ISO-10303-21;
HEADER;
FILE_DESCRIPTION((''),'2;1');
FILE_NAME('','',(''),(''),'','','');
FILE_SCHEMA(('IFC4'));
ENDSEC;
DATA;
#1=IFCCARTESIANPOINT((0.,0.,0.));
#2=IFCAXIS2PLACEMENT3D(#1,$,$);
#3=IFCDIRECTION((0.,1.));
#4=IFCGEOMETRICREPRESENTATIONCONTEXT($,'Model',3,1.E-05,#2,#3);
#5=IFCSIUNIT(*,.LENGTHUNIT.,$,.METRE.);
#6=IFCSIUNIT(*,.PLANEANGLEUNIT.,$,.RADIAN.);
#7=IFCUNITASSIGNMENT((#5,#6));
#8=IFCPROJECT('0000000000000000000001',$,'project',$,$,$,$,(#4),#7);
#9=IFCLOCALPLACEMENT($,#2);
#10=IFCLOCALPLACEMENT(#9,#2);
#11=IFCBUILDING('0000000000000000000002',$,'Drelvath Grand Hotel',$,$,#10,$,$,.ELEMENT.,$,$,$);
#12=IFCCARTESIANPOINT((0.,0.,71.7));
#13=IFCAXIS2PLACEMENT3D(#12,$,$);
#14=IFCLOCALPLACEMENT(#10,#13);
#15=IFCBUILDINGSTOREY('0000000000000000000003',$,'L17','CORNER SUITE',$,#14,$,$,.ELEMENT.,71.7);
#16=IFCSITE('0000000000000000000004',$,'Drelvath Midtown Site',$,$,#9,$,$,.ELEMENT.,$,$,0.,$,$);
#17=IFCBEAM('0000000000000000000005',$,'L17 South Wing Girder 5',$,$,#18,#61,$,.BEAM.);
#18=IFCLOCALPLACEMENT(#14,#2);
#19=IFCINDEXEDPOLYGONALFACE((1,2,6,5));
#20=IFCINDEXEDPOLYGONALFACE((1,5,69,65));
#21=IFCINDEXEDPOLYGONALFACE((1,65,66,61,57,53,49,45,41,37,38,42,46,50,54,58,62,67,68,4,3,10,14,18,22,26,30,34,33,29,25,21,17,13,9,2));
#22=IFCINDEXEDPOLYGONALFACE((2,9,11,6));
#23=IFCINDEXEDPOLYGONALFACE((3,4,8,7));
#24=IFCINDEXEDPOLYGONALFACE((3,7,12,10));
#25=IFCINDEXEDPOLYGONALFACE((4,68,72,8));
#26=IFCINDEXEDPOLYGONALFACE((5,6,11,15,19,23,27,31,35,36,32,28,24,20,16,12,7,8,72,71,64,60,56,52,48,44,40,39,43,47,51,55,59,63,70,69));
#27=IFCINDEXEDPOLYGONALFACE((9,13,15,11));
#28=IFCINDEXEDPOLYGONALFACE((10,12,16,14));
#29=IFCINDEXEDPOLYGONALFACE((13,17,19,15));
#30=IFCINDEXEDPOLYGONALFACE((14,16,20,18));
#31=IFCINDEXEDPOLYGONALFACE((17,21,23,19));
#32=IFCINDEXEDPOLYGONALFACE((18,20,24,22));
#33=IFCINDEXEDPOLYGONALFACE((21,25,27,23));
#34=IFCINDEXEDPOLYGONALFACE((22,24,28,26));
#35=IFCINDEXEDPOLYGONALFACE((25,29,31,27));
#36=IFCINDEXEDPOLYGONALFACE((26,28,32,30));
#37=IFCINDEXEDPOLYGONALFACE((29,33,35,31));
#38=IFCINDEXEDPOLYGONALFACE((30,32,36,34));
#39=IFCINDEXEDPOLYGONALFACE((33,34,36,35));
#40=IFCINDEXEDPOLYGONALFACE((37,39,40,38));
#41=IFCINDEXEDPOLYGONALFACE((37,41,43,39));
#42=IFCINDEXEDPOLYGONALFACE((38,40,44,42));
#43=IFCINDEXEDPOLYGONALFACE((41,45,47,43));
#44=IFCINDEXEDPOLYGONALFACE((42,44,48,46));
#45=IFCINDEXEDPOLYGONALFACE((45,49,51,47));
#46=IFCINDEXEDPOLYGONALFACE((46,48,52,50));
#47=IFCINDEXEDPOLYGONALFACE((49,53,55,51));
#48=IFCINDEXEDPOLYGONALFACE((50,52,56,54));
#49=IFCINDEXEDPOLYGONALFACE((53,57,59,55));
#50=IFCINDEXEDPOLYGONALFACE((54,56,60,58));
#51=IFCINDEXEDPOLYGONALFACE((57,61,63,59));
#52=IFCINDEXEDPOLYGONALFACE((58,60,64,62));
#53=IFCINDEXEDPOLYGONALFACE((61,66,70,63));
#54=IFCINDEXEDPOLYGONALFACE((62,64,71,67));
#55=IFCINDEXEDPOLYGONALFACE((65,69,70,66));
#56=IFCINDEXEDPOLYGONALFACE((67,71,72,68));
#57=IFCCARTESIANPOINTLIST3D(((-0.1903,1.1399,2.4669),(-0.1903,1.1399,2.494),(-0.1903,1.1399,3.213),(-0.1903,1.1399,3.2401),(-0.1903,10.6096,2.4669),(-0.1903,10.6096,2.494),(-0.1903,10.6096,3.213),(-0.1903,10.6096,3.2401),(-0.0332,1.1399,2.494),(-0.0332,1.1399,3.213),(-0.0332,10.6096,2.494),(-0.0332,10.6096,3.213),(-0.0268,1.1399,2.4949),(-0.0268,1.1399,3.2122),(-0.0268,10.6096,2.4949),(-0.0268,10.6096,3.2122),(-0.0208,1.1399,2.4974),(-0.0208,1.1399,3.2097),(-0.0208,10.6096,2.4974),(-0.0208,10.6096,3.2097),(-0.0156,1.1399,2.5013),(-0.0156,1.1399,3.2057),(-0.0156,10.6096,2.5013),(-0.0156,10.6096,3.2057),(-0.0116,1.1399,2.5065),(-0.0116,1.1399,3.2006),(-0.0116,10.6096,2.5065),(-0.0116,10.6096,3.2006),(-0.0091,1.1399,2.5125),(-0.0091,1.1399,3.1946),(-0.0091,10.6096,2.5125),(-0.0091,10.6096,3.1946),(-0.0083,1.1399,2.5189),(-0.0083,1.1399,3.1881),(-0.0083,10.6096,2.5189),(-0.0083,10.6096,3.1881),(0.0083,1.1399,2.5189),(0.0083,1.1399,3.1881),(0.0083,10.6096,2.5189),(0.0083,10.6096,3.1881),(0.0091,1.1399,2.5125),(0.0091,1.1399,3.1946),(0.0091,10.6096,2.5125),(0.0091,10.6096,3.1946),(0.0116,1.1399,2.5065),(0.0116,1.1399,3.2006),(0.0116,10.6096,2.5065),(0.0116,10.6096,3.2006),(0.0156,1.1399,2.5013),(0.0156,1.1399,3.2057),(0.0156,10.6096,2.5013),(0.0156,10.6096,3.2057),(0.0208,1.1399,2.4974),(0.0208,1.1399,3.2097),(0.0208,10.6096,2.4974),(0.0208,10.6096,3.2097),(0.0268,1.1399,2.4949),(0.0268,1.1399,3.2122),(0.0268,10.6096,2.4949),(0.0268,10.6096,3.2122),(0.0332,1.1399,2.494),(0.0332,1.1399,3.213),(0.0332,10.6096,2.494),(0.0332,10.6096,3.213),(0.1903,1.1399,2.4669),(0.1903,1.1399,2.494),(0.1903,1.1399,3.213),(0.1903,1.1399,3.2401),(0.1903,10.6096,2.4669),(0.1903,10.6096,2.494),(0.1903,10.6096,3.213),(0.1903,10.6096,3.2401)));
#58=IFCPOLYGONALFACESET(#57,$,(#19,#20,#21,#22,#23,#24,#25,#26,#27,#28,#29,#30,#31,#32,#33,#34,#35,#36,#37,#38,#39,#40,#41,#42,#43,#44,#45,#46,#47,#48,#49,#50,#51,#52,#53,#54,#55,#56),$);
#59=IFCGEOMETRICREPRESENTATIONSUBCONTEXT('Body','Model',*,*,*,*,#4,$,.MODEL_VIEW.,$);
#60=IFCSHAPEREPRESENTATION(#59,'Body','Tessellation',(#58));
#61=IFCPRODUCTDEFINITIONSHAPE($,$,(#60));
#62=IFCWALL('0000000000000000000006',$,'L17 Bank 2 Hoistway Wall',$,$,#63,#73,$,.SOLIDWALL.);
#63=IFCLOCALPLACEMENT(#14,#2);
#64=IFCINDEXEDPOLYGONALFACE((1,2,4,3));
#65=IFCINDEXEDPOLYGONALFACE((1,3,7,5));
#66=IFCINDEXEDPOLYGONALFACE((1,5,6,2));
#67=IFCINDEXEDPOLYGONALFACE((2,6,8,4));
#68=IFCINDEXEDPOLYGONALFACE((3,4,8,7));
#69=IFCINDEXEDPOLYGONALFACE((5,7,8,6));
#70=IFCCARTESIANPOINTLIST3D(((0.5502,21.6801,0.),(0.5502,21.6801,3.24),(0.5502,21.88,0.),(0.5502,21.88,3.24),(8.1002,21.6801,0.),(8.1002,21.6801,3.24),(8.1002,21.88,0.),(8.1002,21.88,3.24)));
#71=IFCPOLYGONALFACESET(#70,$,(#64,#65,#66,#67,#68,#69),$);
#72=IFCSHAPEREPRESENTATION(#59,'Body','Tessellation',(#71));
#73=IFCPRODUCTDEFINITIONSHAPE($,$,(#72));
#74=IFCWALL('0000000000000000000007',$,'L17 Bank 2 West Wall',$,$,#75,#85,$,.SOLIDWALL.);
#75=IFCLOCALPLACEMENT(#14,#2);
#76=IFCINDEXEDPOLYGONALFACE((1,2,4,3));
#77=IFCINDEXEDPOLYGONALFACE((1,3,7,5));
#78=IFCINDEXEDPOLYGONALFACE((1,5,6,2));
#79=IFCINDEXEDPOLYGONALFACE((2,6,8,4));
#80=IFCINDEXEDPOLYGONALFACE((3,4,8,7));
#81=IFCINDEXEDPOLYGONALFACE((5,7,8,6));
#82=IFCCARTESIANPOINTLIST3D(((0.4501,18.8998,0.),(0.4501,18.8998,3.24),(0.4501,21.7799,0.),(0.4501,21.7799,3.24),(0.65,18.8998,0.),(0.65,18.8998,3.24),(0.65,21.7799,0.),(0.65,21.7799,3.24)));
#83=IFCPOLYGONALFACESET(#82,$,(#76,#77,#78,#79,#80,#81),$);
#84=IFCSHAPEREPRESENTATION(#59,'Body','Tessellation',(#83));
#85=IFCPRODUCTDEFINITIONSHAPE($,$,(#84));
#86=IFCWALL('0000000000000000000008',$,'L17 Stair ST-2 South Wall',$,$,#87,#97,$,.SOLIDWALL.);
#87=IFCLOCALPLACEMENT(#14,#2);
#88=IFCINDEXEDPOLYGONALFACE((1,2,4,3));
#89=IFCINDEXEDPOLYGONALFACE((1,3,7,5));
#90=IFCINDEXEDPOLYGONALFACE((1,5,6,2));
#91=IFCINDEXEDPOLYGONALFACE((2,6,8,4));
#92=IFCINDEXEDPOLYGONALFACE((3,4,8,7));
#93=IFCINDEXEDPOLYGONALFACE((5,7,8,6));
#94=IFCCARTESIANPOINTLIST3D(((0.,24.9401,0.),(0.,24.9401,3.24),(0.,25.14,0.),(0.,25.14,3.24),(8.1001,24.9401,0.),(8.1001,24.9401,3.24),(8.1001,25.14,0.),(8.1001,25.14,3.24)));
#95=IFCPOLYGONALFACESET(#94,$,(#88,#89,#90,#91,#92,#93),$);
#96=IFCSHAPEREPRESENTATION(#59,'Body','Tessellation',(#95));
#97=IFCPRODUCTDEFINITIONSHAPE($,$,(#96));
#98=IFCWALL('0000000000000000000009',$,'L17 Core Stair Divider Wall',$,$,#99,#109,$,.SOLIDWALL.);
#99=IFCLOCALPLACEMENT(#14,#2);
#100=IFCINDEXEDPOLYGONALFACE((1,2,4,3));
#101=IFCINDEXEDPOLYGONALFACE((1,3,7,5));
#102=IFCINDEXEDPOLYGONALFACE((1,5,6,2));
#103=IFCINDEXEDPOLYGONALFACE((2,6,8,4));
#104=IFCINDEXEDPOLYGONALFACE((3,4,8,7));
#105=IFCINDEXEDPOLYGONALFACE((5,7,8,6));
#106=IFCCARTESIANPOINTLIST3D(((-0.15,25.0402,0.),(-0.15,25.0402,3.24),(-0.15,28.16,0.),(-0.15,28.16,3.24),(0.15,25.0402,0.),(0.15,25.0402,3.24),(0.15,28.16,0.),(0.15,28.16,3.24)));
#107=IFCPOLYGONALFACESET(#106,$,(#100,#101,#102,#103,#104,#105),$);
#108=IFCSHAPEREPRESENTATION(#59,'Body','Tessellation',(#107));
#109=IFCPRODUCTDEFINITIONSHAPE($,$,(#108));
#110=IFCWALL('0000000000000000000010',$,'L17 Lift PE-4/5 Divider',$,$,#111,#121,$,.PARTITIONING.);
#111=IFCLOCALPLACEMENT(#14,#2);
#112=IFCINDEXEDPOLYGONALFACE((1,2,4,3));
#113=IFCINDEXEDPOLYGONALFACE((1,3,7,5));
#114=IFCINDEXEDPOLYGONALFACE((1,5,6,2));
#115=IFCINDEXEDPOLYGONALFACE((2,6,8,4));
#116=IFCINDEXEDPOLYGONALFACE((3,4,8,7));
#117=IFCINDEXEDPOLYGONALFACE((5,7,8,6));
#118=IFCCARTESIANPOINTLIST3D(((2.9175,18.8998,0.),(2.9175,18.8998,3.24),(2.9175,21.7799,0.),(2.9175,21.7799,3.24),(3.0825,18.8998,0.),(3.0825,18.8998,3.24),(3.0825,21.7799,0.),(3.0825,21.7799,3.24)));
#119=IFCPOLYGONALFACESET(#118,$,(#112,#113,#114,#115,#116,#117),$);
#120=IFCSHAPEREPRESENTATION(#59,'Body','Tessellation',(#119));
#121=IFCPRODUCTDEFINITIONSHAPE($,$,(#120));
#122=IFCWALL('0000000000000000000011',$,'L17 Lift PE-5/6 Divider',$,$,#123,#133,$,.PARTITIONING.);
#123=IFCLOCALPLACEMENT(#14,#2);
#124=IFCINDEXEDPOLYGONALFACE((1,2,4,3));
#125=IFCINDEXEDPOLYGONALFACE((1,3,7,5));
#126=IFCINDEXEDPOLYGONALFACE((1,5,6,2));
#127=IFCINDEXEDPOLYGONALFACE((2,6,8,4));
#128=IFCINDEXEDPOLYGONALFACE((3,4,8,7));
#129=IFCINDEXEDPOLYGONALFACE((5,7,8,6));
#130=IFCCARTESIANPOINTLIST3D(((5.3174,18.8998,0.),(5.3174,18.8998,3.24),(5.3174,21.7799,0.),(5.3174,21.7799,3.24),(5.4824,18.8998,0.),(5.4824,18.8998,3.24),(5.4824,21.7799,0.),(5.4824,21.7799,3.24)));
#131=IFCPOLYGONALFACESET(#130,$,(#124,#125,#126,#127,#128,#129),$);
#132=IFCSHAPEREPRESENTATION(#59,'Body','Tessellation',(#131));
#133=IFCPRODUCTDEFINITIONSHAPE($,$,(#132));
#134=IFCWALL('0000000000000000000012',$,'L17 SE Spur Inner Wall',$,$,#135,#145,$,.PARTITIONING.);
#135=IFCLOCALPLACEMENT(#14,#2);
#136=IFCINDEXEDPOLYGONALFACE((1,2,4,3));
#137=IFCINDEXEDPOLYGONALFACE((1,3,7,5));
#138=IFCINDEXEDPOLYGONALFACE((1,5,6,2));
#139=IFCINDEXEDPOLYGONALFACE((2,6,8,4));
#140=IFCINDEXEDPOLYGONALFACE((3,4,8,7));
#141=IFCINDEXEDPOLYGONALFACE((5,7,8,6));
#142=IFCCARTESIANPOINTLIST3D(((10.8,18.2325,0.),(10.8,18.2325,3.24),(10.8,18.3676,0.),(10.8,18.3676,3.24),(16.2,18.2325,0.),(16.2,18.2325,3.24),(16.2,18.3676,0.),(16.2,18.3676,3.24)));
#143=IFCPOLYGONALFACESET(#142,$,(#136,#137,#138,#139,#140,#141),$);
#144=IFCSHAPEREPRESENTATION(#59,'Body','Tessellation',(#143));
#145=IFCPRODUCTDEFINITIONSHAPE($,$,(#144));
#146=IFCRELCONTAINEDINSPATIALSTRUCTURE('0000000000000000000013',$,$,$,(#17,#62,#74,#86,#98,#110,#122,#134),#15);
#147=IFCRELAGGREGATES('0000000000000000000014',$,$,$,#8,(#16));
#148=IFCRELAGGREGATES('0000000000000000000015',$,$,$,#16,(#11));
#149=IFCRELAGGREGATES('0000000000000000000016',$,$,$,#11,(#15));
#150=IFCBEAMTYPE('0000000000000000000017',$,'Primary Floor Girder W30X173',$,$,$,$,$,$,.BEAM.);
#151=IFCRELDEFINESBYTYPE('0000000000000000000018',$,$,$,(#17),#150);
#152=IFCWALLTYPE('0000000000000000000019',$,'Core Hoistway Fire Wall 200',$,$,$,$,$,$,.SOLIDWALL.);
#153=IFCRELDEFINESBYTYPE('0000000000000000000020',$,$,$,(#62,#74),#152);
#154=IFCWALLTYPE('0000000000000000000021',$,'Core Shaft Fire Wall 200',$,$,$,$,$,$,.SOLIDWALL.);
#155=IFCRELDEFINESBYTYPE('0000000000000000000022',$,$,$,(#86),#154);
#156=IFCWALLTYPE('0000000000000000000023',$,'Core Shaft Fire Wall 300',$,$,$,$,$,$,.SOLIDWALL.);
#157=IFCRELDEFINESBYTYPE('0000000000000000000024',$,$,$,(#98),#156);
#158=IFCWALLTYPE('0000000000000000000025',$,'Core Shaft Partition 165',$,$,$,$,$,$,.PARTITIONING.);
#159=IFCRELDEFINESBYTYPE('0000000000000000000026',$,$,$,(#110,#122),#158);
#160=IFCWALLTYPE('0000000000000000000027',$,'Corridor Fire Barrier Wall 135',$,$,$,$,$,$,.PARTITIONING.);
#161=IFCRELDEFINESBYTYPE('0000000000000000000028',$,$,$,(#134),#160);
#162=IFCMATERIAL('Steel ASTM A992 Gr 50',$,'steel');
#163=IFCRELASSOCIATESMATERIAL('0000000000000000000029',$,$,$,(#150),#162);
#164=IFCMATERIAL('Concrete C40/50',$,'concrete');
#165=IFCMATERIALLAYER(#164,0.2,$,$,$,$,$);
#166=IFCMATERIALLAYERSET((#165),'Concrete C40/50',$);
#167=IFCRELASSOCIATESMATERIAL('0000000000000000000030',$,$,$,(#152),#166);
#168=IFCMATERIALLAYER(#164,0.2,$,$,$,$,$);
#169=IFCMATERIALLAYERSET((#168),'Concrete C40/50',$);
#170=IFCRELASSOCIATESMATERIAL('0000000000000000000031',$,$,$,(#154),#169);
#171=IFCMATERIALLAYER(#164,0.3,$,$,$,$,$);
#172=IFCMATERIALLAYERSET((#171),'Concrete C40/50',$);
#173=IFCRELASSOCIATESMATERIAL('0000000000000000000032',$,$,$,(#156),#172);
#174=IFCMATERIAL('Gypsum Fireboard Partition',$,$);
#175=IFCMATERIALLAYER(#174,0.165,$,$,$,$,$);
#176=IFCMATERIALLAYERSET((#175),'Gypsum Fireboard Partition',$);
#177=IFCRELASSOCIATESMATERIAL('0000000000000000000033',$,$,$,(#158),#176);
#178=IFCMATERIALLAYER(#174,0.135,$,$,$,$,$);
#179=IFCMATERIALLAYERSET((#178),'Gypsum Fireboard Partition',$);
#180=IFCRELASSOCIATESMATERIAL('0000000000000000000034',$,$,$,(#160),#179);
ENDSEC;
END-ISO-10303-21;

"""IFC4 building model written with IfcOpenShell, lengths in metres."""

from ifc_helpers import new_model, si_unit, direction, frame, frame_2d, origin, origin_2d, place, context, subcontext, project, spatial, rectangle, i_section, extrude, material, layer, layer_set, material_profile, profile_set, type_object, element, save


model = new_model("IFC4")

# Units and contexts
model_context = context("Model", 3, precision=1e-05, world=origin(), true_north=direction((0.0, 1.0)))
body_context = subcontext(model_context, "Body", "Model", "MODEL_VIEW")
ifc_project = project(units=[si_unit("LENGTHUNIT", "METRE"), si_unit("PLANEANGLEUNIT", "RADIAN")], contexts=[model_context])

# Site, building, storey
site_placement = place(None, origin())
site = spatial("IfcSite", under=ifc_project, at=site_placement, Name="Drelvath Midtown Site", CompositionType="ELEMENT", RefElevation=0.0)
building_placement = place(site_placement, origin())
building = spatial("IfcBuilding", under=site, at=building_placement, Name="Drelvath Grand Hotel", CompositionType="ELEMENT")
storey_placement = place(building_placement, frame((0.0, 0.0, 71.7)))
storey = spatial("IfcBuildingStorey", under=building, at=storey_placement, Name="L17", Description="CORNER SUITE", CompositionType="ELEMENT", Elevation=71.7)

# Beam
ifc_material_1 = material(Name="Steel ASTM A992 Gr 50", Category="steel")
ifc_material_profile_1 = material_profile(ifc_material_1, i_section(OverallWidth=0.3806, OverallDepth=0.7732, WebThickness=0.0166, FlangeThickness=0.0271, FilletRadius=0.0249, at=origin_2d()), Name="W30X173")
ifc_profile_set_1 = profile_set([ifc_material_profile_1], Name="Steel ASTM A992 Gr 50")
beam_type_1 = type_object("IfcBeamType", Name="Primary Floor Girder W30X173", PredefinedType="BEAM", material=ifc_profile_set_1)
beam_1_placement = place(storey_placement, frame((0.0, 1.1399, 2.8535), z_axis=(0.0, 1.0, 0.0), x_axis=(-1.0, 0.0, 0.0)))
element("IfcBeam", 1, at=beam_1_placement, inside=storey, type_object=beam_type_1, Name="L17 South Wing Girder 5", PredefinedType="BEAM", context=body_context, shape_type="SweptSolid", body=[
    extrude(i_section(OverallWidth=0.3806, OverallDepth=0.7732, WebThickness=0.0166, FlangeThickness=0.0271, FilletRadius=0.0249, at=origin_2d()), origin(), (0.0, 0.0, 1.0), 9.4697),
])

# Walls
ifc_material_2 = material(Name="Concrete C40/50", Category="concrete")
ifc_layer_1 = layer(ifc_material_2, 0.2)
ifc_layer_set_1 = layer_set([ifc_layer_1], Name="Concrete C40/50")
wall_type_1 = type_object("IfcWallType", Name="Core Hoistway Fire Wall 200", PredefinedType="SOLIDWALL", material=ifc_layer_set_1)
wall_1_placement = place(storey_placement, frame((8.1001, 21.78, 0.0), z_axis=(0.0, 0.0, 1.0), x_axis=(-1.0, 0.0, 0.0)))
element("IfcWall", 2, at=wall_1_placement, inside=storey, type_object=wall_type_1, Name="L17 Bank 2 Hoistway Wall", PredefinedType="SOLIDWALL", context=body_context, shape_type="SweptSolid", body=[
    extrude(rectangle(XDim=7.55, YDim=0.2, at=frame_2d((3.7749, 0.0))), origin(), (0.0, 0.0, 1.0), 3.24),
])
wall_2_placement = place(storey_placement, frame((0.55, 18.8999, 0.0), z_axis=(0.0, 0.0, 1.0), x_axis=(0.0, 1.0, 0.0)))
element("IfcWall", 3, at=wall_2_placement, inside=storey, type_object=wall_type_1, Name="L17 Bank 2 West Wall", PredefinedType="SOLIDWALL", context=body_context, shape_type="SweptSolid", body=[
    extrude(rectangle(XDim=2.8801, YDim=0.2, at=frame_2d((1.4399, 0.0))), origin(), (0.0, 0.0, 1.0), 3.24),
])
ifc_layer_2 = layer(ifc_material_2, 0.2)
ifc_layer_set_2 = layer_set([ifc_layer_2], Name="Concrete C40/50")
wall_type_2 = type_object("IfcWallType", Name="Core Shaft Fire Wall 200", PredefinedType="SOLIDWALL", material=ifc_layer_set_2)
wall_3_placement = place(storey_placement, frame((0.0, 25.04, 0.0), z_axis=(0.0, 0.0, 1.0), x_axis=(1.0, 0.0, 0.0)))
element("IfcWall", 4, at=wall_3_placement, inside=storey, type_object=wall_type_2, Name="L17 Stair ST-2 South Wall", PredefinedType="SOLIDWALL", context=body_context, shape_type="SweptSolid", body=[
    extrude(rectangle(XDim=8.1001, YDim=0.2, at=frame_2d((4.05, 0.0))), origin(), (0.0, 0.0, 1.0), 3.24),
])
ifc_layer_3 = layer(ifc_material_2, 0.3)
ifc_layer_set_3 = layer_set([ifc_layer_3], Name="Concrete C40/50")
wall_type_3 = type_object("IfcWallType", Name="Core Shaft Fire Wall 300", PredefinedType="SOLIDWALL", material=ifc_layer_set_3)
wall_4_placement = place(storey_placement, frame((0.0, 25.04, 0.0), z_axis=(0.0, 0.0, 1.0), x_axis=(0.0, 1.0, 0.0)))
element("IfcWall", 5, at=wall_4_placement, inside=storey, type_object=wall_type_3, Name="L17 Core Stair Divider Wall", PredefinedType="SOLIDWALL", context=body_context, shape_type="SweptSolid", body=[
    extrude(rectangle(XDim=3.1199, YDim=0.3, at=frame_2d((1.5601, 0.0))), origin(), (0.0, 0.0, 1.0), 3.24),
])
ifc_material_3 = material(Name="Gypsum Fireboard Partition")
ifc_layer_4 = layer(ifc_material_3, 0.165)
ifc_layer_set_4 = layer_set([ifc_layer_4], Name="Gypsum Fireboard Partition")
wall_type_4 = type_object("IfcWallType", Name="Core Shaft Partition 165", PredefinedType="PARTITIONING", material=ifc_layer_set_4)
for number, where, z_axis, x_axis, name in (
    (6, (3.0, 18.8999, 0.0), (0.0, 0.0, 1.0), (0.0, 1.0, 0.0), "L17 Lift PE-4/5 Divider"),
    (7, (5.3999, 18.8999, 0.0), (0.0, 0.0, 1.0), (0.0, 1.0, 0.0), "L17 Lift PE-5/6 Divider"),
):
    element("IfcWall", number, at=place(storey_placement, frame(where, z_axis=z_axis, x_axis=x_axis)), inside=storey, type_object=wall_type_4, Name=name, PredefinedType="PARTITIONING", context=body_context, shape_type="SweptSolid", body=[
        extrude(rectangle(XDim=2.8801, YDim=0.165, at=frame_2d((1.4399, 0.0))), origin(), (0.0, 0.0, 1.0), 3.24),
    ])
ifc_layer_5 = layer(ifc_material_3, 0.135)
ifc_layer_set_5 = layer_set([ifc_layer_5], Name="Gypsum Fireboard Partition")
wall_type_5 = type_object("IfcWallType", Name="Corridor Fire Barrier Wall 135", PredefinedType="PARTITIONING", material=ifc_layer_set_5)
wall_5_placement = place(storey_placement, frame((10.8, 18.3, 0.0), z_axis=(0.0, 0.0, 1.0), x_axis=(1.0, 0.0, 0.0)))
element("IfcWall", 8, at=wall_5_placement, inside=storey, type_object=wall_type_5, Name="L17 SE Spur Inner Wall", PredefinedType="PARTITIONING", context=body_context, shape_type="SweptSolid", body=[
    extrude(rectangle(XDim=5.3999, YDim=0.135, at=frame_2d((2.7, 0.0))), origin(), (0.0, 0.0, 1.0), 3.24),
])

save(model, "model.ifc")
